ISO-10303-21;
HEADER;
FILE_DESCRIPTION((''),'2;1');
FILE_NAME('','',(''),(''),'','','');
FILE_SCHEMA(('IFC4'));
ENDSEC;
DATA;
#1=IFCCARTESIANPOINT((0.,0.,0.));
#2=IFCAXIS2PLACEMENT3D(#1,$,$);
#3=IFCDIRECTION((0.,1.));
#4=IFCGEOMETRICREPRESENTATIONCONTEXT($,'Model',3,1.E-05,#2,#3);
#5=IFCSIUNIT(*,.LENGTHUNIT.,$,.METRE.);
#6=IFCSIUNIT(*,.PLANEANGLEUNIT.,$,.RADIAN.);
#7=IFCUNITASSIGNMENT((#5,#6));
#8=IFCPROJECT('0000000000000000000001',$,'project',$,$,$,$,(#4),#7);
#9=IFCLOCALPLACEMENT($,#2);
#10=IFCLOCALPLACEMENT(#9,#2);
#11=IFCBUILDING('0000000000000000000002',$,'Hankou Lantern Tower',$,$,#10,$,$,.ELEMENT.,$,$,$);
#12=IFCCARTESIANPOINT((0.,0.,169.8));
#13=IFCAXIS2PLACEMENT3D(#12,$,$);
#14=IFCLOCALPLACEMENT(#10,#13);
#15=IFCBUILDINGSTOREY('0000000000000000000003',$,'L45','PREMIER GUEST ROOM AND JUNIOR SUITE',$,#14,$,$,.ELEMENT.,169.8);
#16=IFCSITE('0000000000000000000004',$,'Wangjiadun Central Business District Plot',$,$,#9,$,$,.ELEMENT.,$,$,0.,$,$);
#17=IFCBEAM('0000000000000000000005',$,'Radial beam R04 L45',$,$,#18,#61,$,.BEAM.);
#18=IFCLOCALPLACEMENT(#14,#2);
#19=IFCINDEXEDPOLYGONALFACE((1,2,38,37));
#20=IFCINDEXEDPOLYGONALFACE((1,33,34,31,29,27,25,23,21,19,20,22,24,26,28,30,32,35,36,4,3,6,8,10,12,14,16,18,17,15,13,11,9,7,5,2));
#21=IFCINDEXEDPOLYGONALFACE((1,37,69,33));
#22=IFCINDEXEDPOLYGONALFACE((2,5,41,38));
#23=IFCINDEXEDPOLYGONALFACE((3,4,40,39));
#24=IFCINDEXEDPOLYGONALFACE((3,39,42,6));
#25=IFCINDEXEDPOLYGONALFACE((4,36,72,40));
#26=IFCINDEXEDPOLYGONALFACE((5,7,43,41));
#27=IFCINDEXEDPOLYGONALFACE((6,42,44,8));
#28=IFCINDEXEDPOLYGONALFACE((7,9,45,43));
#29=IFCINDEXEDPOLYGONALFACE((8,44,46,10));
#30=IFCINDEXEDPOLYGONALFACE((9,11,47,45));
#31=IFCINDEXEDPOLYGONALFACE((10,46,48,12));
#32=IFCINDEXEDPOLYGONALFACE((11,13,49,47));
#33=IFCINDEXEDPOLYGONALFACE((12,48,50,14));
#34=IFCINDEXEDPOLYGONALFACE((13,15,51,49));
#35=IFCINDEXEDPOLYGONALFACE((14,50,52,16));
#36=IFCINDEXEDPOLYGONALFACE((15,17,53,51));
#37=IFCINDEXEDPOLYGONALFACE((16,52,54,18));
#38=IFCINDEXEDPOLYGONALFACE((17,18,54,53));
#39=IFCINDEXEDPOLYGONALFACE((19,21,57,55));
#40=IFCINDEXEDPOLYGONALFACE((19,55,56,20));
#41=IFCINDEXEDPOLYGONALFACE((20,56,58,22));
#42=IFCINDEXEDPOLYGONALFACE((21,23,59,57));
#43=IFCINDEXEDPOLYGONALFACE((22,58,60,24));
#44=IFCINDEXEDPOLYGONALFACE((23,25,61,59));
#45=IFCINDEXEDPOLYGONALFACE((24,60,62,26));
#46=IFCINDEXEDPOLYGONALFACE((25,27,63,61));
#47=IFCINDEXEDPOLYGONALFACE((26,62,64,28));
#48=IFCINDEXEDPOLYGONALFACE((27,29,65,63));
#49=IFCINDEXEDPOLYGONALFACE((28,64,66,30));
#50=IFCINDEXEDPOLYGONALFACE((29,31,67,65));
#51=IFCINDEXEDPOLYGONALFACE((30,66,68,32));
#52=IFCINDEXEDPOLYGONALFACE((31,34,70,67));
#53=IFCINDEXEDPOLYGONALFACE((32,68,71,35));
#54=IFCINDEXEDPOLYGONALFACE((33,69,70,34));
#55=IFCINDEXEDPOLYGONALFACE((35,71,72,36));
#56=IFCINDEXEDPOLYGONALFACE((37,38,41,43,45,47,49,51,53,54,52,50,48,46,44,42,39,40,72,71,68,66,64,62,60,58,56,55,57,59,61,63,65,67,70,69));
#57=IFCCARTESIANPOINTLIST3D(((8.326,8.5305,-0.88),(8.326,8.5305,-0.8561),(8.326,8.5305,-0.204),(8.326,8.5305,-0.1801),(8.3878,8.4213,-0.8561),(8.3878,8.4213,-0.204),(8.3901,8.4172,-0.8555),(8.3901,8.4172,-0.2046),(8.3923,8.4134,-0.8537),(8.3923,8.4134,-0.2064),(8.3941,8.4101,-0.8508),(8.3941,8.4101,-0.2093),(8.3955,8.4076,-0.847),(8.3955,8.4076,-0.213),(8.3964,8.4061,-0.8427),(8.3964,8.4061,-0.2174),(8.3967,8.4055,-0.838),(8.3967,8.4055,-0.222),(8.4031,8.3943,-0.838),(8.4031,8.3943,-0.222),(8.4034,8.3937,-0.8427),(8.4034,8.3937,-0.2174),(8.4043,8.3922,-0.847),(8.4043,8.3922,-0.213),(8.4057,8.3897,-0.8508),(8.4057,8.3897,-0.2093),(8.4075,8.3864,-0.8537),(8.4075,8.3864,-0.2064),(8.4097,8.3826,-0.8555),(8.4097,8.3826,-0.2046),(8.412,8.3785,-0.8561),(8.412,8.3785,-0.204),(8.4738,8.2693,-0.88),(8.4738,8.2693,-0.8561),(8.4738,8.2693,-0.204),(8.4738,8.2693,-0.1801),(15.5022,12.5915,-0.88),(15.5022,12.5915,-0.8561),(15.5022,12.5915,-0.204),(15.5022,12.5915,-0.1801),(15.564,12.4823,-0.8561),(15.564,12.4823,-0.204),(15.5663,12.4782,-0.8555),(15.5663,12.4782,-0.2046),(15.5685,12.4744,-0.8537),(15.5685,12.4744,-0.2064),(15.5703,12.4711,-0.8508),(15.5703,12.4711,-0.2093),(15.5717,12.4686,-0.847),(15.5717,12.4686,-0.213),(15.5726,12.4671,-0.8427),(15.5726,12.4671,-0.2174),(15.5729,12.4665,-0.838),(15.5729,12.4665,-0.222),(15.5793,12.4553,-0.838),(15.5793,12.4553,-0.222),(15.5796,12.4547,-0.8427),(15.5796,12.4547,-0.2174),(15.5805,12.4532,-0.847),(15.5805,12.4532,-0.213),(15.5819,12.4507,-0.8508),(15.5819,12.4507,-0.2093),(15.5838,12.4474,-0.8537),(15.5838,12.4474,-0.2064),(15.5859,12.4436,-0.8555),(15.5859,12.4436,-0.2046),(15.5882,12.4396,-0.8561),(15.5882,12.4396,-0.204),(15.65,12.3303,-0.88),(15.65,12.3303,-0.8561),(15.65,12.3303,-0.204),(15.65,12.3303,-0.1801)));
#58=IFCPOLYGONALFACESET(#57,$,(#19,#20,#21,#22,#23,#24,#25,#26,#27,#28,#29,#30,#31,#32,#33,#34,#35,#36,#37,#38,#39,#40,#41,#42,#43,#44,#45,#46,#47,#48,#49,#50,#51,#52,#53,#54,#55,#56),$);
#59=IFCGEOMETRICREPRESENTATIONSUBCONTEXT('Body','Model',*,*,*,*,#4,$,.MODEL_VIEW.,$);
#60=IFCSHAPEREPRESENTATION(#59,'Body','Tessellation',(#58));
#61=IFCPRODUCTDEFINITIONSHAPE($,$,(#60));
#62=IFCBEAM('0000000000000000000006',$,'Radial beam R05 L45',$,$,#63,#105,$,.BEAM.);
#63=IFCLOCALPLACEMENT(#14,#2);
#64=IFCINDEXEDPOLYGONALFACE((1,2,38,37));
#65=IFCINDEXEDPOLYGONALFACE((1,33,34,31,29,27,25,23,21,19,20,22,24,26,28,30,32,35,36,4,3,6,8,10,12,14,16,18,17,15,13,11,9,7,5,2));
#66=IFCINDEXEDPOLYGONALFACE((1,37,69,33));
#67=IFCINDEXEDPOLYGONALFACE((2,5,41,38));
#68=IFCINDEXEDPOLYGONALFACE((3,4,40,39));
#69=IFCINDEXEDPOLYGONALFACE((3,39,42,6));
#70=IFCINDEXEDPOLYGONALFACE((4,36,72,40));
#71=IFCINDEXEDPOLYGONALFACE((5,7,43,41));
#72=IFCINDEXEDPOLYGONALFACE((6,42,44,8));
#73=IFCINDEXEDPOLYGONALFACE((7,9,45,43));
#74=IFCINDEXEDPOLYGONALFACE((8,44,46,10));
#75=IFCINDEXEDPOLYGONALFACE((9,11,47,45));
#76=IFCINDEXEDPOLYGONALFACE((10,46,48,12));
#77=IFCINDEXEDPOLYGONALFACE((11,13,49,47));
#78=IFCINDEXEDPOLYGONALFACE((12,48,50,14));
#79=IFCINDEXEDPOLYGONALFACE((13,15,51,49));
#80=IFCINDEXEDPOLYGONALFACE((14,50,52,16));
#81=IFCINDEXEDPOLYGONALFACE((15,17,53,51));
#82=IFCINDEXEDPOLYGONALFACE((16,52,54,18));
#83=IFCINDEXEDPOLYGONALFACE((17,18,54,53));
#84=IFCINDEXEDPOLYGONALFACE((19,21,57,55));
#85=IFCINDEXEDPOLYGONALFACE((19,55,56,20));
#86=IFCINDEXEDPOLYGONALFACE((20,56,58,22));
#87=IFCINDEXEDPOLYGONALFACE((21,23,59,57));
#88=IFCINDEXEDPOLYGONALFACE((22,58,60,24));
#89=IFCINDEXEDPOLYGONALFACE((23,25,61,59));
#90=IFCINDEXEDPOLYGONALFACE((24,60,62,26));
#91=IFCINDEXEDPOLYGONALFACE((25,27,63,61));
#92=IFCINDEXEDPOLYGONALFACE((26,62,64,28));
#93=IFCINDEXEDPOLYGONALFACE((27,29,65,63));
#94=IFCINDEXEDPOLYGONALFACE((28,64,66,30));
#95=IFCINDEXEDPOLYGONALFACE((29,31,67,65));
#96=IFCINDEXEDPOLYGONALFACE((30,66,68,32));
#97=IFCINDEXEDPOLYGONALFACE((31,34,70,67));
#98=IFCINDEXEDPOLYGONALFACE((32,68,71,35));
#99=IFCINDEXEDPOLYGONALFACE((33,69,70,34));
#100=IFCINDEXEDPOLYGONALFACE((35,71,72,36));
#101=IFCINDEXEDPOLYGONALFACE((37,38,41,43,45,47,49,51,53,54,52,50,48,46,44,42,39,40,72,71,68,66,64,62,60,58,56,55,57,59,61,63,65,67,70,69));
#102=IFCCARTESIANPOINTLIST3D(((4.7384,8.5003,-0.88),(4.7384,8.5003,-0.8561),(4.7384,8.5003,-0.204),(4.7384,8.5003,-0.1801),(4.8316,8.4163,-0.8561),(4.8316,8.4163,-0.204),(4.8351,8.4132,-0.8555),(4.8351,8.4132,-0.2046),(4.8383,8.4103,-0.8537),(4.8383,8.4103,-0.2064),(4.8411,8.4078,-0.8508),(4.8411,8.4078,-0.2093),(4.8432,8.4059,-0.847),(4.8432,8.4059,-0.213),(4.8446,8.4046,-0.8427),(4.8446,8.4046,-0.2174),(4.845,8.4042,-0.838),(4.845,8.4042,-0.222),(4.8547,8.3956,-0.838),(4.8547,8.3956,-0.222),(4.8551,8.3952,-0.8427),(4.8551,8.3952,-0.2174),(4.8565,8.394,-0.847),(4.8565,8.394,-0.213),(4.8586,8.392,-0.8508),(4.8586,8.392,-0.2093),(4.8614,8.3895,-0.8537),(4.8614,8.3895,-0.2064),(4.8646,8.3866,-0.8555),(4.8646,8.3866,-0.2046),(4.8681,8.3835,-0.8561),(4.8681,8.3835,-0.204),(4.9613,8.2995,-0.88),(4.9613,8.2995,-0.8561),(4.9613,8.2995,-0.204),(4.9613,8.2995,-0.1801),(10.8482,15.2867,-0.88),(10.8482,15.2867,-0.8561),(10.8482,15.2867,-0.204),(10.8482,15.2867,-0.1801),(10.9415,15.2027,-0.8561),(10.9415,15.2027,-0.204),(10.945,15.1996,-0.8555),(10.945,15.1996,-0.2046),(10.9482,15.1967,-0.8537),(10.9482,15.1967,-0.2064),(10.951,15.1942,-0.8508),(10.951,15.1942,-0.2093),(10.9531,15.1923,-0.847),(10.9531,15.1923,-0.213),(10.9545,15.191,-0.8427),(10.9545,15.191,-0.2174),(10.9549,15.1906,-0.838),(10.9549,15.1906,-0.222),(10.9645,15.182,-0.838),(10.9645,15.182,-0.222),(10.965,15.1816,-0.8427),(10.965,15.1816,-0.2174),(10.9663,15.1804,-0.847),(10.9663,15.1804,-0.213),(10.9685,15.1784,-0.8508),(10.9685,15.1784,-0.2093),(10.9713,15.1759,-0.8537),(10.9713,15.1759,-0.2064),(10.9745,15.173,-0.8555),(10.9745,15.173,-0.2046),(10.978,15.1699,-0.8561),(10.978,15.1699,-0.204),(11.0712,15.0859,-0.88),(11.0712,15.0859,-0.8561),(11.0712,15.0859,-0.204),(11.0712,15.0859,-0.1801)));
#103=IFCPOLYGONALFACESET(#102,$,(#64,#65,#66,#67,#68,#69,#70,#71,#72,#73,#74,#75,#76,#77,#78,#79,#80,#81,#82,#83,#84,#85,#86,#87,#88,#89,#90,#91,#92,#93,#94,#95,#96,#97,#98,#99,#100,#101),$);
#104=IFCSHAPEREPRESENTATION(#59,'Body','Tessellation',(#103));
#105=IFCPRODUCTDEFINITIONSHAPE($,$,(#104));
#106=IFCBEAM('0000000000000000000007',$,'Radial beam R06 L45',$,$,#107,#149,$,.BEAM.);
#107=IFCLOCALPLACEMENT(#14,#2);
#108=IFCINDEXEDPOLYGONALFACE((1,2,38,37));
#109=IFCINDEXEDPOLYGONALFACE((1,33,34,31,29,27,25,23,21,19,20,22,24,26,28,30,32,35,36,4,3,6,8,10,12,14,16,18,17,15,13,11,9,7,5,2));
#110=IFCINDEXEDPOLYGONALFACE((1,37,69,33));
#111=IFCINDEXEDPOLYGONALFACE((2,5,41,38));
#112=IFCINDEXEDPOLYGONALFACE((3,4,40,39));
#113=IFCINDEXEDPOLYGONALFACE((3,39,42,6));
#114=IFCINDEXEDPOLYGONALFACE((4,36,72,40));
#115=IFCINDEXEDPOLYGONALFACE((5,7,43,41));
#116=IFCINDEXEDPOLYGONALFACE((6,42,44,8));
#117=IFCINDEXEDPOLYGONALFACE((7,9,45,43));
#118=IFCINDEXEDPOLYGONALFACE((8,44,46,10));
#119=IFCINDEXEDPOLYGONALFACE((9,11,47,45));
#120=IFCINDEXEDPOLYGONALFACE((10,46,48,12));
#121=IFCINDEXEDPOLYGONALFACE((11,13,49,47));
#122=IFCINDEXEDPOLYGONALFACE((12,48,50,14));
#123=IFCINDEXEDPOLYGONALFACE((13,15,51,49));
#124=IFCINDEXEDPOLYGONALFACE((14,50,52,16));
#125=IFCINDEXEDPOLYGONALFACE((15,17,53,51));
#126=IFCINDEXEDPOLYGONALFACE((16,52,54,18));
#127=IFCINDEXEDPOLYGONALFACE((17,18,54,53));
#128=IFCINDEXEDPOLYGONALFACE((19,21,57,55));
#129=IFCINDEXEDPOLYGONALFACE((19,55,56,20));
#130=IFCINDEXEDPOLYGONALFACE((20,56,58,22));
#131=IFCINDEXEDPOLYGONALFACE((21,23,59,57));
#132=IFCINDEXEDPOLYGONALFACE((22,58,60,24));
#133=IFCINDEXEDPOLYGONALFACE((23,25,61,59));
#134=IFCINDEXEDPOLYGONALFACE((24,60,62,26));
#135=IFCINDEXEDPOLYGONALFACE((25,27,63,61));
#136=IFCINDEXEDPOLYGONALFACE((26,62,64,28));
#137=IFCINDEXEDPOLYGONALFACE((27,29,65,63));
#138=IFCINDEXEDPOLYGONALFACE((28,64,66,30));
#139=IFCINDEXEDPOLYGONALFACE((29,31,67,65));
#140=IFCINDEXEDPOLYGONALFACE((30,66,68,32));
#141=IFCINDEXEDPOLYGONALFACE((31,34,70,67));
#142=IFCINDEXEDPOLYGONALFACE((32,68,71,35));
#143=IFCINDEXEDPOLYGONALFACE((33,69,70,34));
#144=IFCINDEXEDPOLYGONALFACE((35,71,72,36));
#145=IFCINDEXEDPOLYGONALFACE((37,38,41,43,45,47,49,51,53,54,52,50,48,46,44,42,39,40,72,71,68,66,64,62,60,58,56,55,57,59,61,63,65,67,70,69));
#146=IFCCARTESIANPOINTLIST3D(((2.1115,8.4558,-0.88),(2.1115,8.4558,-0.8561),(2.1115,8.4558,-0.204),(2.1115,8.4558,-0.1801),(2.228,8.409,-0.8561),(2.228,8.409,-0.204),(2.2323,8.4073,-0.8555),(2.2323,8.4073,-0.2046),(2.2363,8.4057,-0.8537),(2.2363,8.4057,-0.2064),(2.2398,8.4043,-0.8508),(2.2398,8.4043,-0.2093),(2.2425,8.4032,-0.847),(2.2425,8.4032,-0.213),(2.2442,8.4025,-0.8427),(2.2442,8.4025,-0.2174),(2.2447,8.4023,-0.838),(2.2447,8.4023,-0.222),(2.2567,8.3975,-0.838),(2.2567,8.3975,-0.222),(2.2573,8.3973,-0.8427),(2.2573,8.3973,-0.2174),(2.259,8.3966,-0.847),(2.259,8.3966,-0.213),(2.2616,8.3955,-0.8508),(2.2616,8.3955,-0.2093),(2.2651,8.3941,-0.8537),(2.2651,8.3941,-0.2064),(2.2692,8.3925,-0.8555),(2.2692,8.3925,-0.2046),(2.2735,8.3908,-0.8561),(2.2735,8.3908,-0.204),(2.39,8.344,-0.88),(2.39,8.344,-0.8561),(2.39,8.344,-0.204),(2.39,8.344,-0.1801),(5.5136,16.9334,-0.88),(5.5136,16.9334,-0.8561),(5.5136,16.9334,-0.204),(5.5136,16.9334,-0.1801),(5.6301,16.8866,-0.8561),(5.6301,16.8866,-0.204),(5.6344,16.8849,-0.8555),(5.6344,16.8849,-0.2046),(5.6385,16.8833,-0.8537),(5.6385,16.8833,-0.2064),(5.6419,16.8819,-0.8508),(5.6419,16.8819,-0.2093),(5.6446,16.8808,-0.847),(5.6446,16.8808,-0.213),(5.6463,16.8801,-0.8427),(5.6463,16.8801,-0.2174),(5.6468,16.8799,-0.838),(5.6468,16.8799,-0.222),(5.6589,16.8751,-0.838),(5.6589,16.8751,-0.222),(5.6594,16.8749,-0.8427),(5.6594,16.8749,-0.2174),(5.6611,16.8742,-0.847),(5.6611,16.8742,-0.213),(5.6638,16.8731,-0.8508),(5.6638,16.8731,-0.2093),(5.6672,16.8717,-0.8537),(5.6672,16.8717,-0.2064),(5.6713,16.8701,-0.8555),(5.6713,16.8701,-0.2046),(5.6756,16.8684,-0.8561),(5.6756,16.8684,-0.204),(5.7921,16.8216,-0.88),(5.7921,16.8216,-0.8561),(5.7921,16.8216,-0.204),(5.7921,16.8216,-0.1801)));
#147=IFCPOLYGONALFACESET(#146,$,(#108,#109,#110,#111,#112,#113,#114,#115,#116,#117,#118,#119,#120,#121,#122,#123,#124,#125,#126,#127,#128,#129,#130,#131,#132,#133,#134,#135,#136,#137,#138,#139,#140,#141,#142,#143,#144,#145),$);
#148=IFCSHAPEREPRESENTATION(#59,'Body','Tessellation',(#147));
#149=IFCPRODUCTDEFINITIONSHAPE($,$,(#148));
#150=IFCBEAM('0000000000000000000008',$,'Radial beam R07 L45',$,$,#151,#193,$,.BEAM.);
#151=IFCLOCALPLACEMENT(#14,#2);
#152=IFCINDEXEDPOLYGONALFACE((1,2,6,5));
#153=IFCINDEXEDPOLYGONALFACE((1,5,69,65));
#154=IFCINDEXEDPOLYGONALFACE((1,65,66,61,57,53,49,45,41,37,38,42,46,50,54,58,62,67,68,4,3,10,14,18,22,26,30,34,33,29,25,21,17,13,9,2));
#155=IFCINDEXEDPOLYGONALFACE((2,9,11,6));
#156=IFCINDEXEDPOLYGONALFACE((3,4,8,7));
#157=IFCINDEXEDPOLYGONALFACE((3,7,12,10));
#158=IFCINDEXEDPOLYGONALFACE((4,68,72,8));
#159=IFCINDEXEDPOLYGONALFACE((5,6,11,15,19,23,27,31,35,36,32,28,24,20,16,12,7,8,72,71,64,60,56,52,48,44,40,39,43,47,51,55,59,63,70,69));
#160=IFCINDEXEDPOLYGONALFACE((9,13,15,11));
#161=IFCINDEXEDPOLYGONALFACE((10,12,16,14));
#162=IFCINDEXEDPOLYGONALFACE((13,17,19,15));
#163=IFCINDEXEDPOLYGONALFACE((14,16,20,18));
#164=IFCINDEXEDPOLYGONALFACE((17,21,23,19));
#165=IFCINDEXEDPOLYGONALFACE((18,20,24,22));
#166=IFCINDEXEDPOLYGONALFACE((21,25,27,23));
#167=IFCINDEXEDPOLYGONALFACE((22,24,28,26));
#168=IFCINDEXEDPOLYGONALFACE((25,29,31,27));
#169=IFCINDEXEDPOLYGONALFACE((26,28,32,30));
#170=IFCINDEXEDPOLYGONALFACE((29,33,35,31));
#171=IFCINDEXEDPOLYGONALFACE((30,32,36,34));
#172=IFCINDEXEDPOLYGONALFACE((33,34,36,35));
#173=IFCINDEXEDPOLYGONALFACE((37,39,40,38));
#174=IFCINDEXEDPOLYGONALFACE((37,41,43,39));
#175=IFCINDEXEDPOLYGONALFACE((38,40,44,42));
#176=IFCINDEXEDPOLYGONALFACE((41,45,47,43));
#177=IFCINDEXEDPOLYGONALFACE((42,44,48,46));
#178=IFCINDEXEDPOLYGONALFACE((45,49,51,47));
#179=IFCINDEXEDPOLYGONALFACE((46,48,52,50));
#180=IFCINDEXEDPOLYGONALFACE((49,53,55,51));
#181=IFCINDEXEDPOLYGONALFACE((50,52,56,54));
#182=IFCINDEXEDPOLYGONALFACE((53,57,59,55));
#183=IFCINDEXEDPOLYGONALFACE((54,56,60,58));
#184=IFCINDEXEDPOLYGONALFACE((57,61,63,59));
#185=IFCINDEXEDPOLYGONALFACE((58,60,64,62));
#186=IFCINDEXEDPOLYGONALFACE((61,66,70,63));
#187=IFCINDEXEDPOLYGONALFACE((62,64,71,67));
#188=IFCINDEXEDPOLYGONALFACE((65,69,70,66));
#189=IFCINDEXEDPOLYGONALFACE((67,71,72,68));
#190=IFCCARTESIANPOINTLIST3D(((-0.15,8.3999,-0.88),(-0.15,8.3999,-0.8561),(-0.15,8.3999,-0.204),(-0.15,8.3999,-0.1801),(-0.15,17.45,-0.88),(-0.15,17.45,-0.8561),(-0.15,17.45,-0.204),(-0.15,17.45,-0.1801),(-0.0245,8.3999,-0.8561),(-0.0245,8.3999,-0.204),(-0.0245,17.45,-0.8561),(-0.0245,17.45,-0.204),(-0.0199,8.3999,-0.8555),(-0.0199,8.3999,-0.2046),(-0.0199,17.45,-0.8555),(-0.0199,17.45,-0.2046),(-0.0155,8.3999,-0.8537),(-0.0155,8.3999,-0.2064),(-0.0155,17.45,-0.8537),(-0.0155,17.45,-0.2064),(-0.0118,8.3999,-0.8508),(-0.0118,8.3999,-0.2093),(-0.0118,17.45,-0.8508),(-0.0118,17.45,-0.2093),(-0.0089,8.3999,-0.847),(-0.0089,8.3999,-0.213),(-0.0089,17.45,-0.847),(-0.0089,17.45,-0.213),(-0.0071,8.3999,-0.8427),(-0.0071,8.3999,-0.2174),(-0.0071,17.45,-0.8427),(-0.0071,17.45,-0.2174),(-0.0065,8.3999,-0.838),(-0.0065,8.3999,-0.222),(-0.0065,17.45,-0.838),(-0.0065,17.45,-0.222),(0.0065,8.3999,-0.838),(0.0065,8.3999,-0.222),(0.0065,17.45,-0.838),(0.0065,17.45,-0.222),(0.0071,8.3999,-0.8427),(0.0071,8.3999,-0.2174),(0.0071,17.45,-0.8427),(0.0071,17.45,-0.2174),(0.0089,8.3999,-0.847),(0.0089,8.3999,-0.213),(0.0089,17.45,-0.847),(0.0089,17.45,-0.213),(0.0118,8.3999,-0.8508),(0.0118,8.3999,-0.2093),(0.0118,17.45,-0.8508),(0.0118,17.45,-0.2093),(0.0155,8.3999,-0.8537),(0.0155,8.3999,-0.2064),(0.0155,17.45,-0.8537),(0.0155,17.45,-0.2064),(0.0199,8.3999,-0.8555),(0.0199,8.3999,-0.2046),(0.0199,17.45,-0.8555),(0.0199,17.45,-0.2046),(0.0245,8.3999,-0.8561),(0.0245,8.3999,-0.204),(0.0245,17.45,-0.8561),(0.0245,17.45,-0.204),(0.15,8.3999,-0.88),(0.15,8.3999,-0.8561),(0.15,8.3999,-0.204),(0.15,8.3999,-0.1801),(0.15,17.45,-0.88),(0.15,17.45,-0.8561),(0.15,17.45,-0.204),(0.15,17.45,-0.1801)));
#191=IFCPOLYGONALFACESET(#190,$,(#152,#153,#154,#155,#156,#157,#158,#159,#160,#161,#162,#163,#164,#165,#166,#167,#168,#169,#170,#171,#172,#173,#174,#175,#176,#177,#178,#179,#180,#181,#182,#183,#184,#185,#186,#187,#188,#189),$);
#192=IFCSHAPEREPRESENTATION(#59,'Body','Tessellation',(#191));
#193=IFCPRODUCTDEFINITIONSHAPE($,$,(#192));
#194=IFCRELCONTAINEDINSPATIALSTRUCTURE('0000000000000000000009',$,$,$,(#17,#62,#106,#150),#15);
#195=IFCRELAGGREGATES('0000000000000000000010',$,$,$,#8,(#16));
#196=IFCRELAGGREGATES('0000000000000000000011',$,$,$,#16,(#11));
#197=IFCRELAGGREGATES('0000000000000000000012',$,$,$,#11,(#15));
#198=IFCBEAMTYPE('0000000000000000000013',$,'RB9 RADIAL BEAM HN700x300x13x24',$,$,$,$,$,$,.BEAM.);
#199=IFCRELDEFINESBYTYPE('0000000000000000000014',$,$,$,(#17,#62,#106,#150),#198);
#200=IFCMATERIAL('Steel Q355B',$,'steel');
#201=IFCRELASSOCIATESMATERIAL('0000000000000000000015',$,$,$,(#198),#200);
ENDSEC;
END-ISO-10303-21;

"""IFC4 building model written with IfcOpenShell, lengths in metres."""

from ifc_helpers import new_model, si_unit, direction, frame, origin, origin_2d, place, context, subcontext, project, spatial, i_section, extrude, material, material_profile, profile_set, type_object, element, save


model = new_model("IFC4")

# Units and contexts
model_context = context("Model", 3, precision=1e-05, world=origin(), true_north=direction((0.0, 1.0)))
body_context = subcontext(model_context, "Body", "Model", "MODEL_VIEW")
ifc_project = project(units=[si_unit("LENGTHUNIT", "METRE"), si_unit("PLANEANGLEUNIT", "RADIAN")], contexts=[model_context])

# Site, building, storey
site_placement = place(None, origin())
site = spatial("IfcSite", under=ifc_project, at=site_placement, Name="Wangjiadun Central Business District Plot", CompositionType="ELEMENT", RefElevation=0.0)
building_placement = place(site_placement, origin())
building = spatial("IfcBuilding", under=site, at=building_placement, Name="Hankou Lantern Tower", CompositionType="ELEMENT")
storey_placement = place(building_placement, frame((0.0, 0.0, 169.8)))
storey = spatial("IfcBuildingStorey", under=building, at=storey_placement, Name="L45", Description="PREMIER GUEST ROOM AND JUNIOR SUITE", CompositionType="ELEMENT", Elevation=169.8)

# Beams
ifc_material_1 = material(Name="Steel Q355B", Category="steel")
ifc_material_profile_1 = material_profile(ifc_material_1, i_section(OverallWidth=0.3, OverallDepth=0.7, WebThickness=0.0129, FlangeThickness=0.0239, FilletRadius=0.0181, at=origin_2d()), Name="HN700x300x13x24")
ifc_profile_set_1 = profile_set([ifc_material_profile_1], Name="Steel Q355B")
beam_type_1 = type_object("IfcBeamType", Name="RB9 RADIAL BEAM HN700x300x13x24", PredefinedType="BEAM", material=ifc_profile_set_1)
beam_1_placement = place(storey_placement, frame((8.3999, 8.3999, -0.53), z_axis=(0.870309, 0.492506, 0.0), x_axis=(-0.492506, 0.870309, 0.0)))
element("IfcBeam", 1, at=beam_1_placement, inside=storey, type_object=beam_type_1, Name="Radial beam R04 L45", PredefinedType="BEAM", context=body_context, shape_type="SweptSolid", body=[
    extrude(i_section(OverallWidth=0.3, OverallDepth=0.7, WebThickness=0.0129, FlangeThickness=0.0239, FilletRadius=0.0181, at=origin_2d()), origin(), (0.0, 0.0, 1.0), 8.2456),
])
beam_2_placement = place(storey_placement, frame((4.8499, 8.3999, -0.53), z_axis=(0.669093, 0.743178, 0.0), x_axis=(-0.743178, 0.669093, 0.0)))
element("IfcBeam", 2, at=beam_2_placement, inside=storey, type_object=beam_type_1, Name="Radial beam R05 L45", PredefinedType="BEAM", context=body_context, shape_type="SweptSolid", body=[
    extrude(i_section(OverallWidth=0.3, OverallDepth=0.7, WebThickness=0.0129, FlangeThickness=0.0239, FilletRadius=0.0181, at=origin_2d()), origin(), (0.0, 0.0, 1.0), 9.1316),
])
beam_3_placement = place(storey_placement, frame((2.2507, 8.3999, -0.53), z_axis=(0.372436, 0.928058, 0.0), x_axis=(-0.928058, 0.372436, 0.0)))
element("IfcBeam", 3, at=beam_3_placement, inside=storey, type_object=beam_type_1, Name="Radial beam R06 L45", PredefinedType="BEAM", context=body_context, shape_type="SweptSolid", body=[
    extrude(i_section(OverallWidth=0.3, OverallDepth=0.7, WebThickness=0.0129, FlangeThickness=0.0239, FilletRadius=0.0181, at=origin_2d()), origin(), (0.0, 0.0, 1.0), 9.1348),
])
beam_4_placement = place(storey_placement, frame((0.0, 8.3999, -0.53), z_axis=(0.0, 1.0, 0.0), x_axis=(-1.0, 0.0, 0.0)))
element("IfcBeam", 4, at=beam_4_placement, inside=storey, type_object=beam_type_1, Name="Radial beam R07 L45", PredefinedType="BEAM", context=body_context, shape_type="SweptSolid", body=[
    extrude(i_section(OverallWidth=0.3, OverallDepth=0.7, WebThickness=0.0129, FlangeThickness=0.0239, FilletRadius=0.0181, at=origin_2d()), origin(), (0.0, 0.0, 1.0), 9.05),
])

save(model, "model.ifc")
